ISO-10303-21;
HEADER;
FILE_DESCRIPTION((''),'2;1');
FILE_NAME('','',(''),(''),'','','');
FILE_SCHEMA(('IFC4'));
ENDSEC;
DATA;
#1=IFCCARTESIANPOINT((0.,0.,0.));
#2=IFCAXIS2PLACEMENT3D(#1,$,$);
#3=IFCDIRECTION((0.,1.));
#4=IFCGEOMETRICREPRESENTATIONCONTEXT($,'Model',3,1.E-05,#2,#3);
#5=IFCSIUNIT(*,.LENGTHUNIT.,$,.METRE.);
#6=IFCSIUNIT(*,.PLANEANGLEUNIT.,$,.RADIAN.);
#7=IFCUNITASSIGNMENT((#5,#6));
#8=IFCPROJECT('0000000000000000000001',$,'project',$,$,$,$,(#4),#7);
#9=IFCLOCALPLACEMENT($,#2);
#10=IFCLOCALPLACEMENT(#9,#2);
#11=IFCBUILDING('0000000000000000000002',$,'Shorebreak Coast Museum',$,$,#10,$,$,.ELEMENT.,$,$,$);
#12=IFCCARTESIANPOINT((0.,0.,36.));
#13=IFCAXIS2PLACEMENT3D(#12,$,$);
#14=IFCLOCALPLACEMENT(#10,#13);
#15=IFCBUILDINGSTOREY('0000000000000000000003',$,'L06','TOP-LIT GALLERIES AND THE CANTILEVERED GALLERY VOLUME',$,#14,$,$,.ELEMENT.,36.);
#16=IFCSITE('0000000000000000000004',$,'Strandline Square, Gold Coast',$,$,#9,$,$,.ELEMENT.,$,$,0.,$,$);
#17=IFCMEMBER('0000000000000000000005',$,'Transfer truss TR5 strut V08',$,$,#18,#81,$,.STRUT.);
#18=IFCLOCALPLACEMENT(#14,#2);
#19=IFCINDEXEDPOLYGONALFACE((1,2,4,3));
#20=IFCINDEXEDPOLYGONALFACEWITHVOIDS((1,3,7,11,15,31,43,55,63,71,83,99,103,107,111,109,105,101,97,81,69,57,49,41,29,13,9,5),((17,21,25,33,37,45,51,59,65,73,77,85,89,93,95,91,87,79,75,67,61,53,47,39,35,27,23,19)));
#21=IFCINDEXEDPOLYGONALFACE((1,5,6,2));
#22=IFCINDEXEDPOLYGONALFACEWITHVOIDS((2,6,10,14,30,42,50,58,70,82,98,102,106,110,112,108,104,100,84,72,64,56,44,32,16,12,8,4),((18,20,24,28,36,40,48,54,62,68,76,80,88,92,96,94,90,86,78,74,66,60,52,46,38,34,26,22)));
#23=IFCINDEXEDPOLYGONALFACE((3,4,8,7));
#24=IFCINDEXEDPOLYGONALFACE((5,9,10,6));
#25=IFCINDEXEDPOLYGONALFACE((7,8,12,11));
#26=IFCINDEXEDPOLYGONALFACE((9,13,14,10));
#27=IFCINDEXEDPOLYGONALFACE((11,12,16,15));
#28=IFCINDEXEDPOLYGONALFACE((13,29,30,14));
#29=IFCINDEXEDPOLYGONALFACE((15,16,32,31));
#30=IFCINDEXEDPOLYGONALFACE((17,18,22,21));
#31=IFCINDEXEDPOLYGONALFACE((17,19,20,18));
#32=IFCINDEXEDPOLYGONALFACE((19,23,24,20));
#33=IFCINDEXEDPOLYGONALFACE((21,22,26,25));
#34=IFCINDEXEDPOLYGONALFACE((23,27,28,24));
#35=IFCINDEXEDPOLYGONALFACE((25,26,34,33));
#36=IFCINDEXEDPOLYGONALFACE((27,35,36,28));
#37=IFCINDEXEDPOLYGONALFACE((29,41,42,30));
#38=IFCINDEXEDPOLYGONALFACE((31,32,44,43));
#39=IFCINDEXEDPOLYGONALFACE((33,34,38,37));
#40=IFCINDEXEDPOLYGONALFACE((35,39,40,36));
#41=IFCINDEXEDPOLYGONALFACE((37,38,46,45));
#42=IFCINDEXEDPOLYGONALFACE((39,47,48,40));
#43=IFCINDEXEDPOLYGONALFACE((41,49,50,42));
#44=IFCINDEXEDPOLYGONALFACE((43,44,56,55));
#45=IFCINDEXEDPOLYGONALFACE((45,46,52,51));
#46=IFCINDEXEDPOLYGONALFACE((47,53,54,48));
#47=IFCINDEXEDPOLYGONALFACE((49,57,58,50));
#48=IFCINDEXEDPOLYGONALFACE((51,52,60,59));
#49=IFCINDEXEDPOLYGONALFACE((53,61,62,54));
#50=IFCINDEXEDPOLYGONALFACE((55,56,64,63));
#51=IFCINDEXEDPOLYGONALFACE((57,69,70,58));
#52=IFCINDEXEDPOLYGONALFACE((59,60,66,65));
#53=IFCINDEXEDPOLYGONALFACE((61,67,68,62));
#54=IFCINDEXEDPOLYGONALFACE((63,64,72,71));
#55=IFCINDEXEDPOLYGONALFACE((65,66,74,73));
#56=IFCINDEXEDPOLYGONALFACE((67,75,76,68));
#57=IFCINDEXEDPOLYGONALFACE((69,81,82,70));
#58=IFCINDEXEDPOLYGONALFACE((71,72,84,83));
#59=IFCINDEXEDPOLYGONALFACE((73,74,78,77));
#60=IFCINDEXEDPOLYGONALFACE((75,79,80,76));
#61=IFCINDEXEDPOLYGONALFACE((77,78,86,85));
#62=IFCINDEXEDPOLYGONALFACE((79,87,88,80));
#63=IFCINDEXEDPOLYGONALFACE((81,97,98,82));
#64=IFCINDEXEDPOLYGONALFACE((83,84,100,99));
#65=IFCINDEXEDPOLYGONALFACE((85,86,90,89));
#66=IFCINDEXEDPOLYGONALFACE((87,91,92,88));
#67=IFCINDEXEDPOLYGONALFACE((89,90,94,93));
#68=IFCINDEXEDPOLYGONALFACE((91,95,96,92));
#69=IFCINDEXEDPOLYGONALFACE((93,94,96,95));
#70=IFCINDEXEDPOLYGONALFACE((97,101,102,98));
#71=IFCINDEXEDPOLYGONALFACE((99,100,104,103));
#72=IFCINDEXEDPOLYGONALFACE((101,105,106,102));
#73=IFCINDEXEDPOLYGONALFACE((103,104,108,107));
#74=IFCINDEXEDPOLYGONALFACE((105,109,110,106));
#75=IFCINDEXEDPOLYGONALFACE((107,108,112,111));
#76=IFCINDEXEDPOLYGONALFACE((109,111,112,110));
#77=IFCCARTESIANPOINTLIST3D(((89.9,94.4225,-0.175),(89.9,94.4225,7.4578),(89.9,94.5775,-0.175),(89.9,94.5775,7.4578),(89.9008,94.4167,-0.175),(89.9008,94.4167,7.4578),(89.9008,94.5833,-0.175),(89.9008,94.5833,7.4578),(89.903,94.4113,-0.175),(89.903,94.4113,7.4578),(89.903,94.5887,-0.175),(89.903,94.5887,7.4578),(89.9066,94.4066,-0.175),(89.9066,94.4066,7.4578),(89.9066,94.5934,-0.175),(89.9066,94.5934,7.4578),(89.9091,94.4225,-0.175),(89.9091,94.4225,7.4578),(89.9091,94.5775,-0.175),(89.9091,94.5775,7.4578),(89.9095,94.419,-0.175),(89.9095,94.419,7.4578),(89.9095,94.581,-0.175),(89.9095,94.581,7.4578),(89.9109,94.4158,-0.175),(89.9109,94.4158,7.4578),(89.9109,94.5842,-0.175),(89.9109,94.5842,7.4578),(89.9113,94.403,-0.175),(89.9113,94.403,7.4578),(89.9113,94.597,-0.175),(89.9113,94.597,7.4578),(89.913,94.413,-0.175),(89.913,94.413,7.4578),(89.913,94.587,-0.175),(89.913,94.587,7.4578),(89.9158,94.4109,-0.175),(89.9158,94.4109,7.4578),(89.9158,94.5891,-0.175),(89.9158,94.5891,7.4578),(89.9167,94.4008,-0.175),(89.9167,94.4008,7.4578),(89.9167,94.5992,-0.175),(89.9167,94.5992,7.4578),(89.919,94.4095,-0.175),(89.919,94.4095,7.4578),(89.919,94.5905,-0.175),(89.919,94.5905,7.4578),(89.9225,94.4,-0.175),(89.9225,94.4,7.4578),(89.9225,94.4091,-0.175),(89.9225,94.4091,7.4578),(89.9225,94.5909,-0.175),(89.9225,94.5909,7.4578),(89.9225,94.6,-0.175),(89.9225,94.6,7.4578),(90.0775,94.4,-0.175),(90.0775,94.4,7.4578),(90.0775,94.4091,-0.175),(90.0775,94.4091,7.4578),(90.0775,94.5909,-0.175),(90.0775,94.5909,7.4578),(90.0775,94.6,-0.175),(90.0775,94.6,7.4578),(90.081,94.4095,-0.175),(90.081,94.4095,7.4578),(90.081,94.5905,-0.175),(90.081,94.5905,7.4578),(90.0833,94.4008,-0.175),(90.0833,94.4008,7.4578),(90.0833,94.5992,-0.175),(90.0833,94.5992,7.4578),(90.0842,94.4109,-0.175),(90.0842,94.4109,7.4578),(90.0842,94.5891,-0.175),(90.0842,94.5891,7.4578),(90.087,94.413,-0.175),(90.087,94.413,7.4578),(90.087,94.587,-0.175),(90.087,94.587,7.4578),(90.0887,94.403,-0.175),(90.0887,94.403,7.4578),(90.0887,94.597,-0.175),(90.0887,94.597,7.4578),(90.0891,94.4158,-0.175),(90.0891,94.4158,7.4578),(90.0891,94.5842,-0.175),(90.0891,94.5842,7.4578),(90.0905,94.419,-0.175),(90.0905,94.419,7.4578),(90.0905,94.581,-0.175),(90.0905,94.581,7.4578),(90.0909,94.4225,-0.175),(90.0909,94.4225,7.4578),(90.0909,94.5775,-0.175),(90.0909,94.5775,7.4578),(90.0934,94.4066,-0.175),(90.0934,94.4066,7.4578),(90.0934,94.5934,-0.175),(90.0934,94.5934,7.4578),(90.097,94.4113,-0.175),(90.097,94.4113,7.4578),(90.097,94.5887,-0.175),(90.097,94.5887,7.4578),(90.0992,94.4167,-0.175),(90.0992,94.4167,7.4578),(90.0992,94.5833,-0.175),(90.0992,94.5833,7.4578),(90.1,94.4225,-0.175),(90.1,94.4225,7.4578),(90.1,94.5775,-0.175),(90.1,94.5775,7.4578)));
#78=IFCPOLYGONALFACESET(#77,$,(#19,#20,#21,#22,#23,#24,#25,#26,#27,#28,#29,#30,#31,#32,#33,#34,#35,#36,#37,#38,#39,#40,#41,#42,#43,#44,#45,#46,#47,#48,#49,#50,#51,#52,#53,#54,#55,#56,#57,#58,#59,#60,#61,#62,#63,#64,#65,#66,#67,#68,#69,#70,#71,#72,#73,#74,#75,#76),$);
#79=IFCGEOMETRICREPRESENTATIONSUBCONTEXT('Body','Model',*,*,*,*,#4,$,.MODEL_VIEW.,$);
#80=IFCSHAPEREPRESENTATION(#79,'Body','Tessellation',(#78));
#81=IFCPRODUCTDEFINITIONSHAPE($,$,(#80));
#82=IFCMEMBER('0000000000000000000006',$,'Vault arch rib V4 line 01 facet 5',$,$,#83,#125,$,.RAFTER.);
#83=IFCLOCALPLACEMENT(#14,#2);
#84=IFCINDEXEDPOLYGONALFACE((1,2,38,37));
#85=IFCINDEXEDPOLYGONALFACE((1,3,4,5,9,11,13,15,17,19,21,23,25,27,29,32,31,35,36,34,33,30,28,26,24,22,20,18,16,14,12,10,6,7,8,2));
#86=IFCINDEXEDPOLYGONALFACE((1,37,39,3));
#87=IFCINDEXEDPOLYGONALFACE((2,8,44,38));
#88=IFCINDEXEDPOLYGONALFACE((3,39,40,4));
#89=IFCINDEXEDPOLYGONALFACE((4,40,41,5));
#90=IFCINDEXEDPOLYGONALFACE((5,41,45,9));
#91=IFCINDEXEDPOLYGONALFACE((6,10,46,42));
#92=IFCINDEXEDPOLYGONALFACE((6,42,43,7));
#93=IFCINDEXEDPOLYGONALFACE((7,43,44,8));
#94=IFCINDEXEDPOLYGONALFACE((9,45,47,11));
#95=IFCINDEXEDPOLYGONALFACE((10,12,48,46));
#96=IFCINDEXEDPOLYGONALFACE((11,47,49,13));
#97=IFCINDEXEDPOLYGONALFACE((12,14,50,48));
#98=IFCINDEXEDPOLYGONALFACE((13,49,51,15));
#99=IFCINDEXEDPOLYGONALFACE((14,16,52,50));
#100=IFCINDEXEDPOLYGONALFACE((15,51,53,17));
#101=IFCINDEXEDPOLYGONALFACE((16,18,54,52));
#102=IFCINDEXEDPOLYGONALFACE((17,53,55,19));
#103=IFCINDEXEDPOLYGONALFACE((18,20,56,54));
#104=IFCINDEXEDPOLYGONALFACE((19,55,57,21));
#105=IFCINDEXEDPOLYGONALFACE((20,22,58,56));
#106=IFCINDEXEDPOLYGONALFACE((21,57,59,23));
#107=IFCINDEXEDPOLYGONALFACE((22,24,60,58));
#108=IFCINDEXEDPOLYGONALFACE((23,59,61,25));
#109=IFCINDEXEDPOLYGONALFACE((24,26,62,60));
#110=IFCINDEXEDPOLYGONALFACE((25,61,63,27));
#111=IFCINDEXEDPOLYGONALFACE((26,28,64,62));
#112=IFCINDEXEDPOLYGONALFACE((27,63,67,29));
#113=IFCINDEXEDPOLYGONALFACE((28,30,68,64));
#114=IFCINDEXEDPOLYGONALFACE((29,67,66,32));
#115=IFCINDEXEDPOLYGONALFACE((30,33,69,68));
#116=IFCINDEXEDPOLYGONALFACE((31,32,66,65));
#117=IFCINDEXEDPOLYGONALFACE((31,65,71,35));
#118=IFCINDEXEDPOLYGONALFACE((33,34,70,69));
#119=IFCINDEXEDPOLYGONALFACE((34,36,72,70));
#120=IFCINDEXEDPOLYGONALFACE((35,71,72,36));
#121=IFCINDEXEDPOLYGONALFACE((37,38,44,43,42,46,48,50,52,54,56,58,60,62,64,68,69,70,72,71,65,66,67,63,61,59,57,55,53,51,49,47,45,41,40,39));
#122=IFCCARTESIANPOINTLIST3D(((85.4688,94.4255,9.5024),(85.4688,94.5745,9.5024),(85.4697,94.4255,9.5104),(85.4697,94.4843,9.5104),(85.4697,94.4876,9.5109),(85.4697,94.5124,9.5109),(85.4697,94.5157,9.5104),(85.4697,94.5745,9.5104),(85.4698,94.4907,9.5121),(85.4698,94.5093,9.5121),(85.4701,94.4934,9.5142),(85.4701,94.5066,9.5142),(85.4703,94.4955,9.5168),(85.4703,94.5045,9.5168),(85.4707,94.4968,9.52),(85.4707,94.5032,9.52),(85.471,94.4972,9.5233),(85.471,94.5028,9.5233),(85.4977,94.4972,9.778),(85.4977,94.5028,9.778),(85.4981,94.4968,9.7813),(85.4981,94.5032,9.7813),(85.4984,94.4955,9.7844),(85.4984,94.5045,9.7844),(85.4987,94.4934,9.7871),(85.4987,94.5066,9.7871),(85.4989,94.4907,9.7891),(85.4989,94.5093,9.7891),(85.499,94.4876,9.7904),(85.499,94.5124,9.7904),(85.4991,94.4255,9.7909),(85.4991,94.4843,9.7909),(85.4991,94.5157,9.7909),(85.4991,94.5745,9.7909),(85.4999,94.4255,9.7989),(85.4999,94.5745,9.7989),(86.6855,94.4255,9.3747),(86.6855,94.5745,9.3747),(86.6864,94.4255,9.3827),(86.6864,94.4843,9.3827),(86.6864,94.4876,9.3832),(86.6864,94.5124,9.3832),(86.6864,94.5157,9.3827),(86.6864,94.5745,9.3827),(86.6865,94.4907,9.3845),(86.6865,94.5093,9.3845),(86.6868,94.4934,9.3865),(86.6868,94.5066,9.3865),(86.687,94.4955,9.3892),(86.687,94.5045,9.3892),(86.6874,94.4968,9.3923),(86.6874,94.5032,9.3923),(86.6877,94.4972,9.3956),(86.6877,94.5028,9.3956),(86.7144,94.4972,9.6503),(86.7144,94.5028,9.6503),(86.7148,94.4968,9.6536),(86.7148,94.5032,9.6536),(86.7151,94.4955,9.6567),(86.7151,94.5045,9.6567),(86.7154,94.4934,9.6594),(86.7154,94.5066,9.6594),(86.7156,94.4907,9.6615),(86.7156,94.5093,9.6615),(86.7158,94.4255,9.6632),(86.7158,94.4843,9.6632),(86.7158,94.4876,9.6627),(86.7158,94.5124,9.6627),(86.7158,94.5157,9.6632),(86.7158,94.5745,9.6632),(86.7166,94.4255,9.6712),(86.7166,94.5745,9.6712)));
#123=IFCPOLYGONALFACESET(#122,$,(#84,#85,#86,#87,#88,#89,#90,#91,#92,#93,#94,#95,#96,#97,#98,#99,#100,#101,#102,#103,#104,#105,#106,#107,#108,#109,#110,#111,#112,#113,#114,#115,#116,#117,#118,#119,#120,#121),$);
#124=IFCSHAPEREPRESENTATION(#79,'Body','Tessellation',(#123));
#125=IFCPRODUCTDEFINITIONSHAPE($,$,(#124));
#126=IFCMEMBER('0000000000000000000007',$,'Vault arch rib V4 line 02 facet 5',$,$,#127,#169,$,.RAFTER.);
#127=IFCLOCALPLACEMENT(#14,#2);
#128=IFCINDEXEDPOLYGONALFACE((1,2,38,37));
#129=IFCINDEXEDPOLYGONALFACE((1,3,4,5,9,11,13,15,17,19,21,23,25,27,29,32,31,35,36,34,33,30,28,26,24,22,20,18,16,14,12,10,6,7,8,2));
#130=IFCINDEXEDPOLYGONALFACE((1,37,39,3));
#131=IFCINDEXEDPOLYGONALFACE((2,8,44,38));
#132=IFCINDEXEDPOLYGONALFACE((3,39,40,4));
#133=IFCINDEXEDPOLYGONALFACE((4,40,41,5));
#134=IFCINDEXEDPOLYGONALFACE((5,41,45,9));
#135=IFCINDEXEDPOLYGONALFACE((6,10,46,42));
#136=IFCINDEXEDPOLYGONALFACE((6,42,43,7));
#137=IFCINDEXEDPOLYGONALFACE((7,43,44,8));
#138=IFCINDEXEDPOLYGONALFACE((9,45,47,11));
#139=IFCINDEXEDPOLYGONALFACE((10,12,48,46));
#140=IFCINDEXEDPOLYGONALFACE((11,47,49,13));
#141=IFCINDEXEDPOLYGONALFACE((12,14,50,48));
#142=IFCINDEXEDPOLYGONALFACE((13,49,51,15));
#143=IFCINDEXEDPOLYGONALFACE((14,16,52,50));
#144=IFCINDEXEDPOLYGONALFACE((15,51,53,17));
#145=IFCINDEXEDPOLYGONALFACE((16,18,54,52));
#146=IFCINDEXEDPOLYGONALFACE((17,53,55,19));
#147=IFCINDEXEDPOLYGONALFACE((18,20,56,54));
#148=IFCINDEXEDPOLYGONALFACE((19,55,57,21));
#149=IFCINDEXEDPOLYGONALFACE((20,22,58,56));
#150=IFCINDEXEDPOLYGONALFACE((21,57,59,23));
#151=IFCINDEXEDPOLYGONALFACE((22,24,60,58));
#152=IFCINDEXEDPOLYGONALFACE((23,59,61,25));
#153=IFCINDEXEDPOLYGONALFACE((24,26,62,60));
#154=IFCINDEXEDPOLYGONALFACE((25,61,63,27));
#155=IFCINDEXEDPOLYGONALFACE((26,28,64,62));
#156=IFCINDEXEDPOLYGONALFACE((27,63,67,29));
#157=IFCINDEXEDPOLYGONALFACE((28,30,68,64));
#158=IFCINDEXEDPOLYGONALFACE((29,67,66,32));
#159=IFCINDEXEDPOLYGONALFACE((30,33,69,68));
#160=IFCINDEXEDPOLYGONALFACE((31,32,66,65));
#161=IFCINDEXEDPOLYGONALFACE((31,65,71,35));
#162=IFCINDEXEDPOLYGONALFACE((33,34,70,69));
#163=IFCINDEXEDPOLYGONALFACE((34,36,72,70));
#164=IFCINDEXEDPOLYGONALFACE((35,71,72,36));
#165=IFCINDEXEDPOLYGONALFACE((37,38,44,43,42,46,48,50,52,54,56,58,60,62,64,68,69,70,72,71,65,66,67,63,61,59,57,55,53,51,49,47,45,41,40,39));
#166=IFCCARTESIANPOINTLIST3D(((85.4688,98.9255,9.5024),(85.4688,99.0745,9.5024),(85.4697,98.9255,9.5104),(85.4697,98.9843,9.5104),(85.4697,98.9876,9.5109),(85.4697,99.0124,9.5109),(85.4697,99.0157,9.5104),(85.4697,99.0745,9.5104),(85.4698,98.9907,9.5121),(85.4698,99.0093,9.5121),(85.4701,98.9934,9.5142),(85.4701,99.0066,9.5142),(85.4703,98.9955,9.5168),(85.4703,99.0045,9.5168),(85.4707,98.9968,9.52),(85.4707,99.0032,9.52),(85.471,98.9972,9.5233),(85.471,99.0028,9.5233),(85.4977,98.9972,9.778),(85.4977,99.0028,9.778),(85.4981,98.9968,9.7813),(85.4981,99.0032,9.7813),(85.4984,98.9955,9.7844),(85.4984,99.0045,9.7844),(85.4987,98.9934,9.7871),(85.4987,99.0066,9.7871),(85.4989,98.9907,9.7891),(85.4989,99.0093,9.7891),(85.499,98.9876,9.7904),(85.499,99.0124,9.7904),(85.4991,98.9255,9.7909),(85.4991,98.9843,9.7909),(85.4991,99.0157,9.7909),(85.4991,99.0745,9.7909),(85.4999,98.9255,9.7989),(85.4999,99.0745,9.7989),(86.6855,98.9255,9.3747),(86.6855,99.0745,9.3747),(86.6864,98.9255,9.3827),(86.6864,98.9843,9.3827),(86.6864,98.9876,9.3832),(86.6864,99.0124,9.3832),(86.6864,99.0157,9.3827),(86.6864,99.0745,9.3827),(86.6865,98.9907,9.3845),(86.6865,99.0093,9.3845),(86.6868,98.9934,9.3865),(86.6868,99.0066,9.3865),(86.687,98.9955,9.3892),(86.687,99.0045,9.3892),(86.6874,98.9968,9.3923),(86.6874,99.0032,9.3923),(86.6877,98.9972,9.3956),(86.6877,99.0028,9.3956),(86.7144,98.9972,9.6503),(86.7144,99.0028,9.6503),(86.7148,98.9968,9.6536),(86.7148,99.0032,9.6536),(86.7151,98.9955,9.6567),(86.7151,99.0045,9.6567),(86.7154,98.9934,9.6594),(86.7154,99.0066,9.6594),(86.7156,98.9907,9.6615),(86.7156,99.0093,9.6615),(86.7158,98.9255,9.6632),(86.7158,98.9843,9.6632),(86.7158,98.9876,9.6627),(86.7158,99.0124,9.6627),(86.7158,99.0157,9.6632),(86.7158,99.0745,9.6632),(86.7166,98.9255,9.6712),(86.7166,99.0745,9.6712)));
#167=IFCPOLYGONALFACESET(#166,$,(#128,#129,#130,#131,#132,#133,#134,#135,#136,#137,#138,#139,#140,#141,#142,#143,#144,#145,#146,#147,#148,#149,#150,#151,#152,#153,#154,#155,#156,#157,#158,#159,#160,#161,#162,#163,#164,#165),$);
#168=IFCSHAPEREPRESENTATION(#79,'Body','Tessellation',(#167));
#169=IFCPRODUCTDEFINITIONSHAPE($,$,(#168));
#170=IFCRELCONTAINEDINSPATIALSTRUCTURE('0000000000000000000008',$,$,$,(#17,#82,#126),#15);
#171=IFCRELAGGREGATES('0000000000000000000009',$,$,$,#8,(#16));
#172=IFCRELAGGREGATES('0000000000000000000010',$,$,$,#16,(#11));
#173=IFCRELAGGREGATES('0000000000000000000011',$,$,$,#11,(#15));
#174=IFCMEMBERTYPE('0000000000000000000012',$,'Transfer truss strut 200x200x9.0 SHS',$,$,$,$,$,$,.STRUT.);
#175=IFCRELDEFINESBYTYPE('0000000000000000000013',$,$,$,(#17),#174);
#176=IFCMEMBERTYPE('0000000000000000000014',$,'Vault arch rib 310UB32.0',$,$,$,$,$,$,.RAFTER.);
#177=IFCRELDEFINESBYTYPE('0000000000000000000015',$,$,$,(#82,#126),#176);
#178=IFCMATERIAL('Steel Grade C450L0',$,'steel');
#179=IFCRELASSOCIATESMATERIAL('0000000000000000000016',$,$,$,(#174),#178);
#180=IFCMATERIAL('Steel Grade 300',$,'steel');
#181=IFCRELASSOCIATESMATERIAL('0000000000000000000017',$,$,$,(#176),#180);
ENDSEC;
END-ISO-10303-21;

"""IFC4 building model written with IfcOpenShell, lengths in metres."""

from ifc_helpers import new_model, si_unit, direction, frame, origin, origin_2d, place, context, subcontext, project, spatial, hollow_rectangle, i_section, extrude, material, material_profile, profile_set, type_object, element, save


model = new_model("IFC4")

# Units and contexts
model_context = context("Model", 3, precision=1e-05, world=origin(), true_north=direction((0.0, 1.0)))
body_context = subcontext(model_context, "Body", "Model", "MODEL_VIEW")
ifc_project = project(units=[si_unit("LENGTHUNIT", "METRE"), si_unit("PLANEANGLEUNIT", "RADIAN")], contexts=[model_context])

# Site, building, storey
site_placement = place(None, origin())
site = spatial("IfcSite", under=ifc_project, at=site_placement, Name="Strandline Square, Gold Coast", CompositionType="ELEMENT", RefElevation=0.0)
building_placement = place(site_placement, origin())
building = spatial("IfcBuilding", under=site, at=building_placement, Name="Shorebreak Coast Museum", CompositionType="ELEMENT")
storey_placement = place(building_placement, frame((0.0, 0.0, 36.0)))
storey = spatial("IfcBuildingStorey", under=building, at=storey_placement, Name="L06", Description="TOP-LIT GALLERIES AND THE CANTILEVERED GALLERY VOLUME", CompositionType="ELEMENT", Elevation=36.0)

# Members
ifc_material_1 = material(Name="Steel Grade C450L0", Category="steel")
ifc_material_profile_1 = material_profile(ifc_material_1, hollow_rectangle(XDim=0.2, YDim=0.2, WallThickness=0.009, InnerFilletRadius=0.0134, OuterFilletRadius=0.0225, at=origin_2d()), Name="200x200x9.0 SHS")
ifc_profile_set_1 = profile_set([ifc_material_profile_1], Name="Steel Grade C450L0")
member_type_1 = type_object("IfcMemberType", Name="Transfer truss strut 200x200x9.0 SHS", PredefinedType="STRUT", material=ifc_profile_set_1)
member_1_placement = place(storey_placement, frame((90.0, 94.5, -0.175), z_axis=(0.0, 0.0, 1.0), x_axis=(1.0, 0.0, 0.0)))
element("IfcMember", 1, at=member_1_placement, inside=storey, type_object=member_type_1, Name="Transfer truss TR5 strut V08", PredefinedType="STRUT", context=body_context, shape_type="SweptSolid", body=[
    extrude(hollow_rectangle(XDim=0.2, YDim=0.2, WallThickness=0.009, InnerFilletRadius=0.0134, OuterFilletRadius=0.0225, at=origin_2d()), origin(), (0.0, 0.0, 1.0), 7.6328),
])
ifc_material_2 = material(Name="Steel Grade 300", Category="steel")
ifc_material_profile_2 = material_profile(ifc_material_2, i_section(OverallWidth=0.1489, OverallDepth=0.2981, WebThickness=0.0056, FlangeThickness=0.0081, FilletRadius=0.0129, at=origin_2d()), Name="310UB32.0")
ifc_profile_set_2 = profile_set([ifc_material_profile_2], Name="Steel Grade 300")
member_type_2 = type_object("IfcMemberType", Name="Vault arch rib 310UB32.0", PredefinedType="RAFTER", material=ifc_profile_set_2)
for number, where, z_axis, x_axis, name in (
    (2, (85.4844, 94.5, 9.6506), (0.994539, 0.0, -0.104363), (0.0, 1.0, 0.0), "Vault arch rib V4 line 01 facet 5"),
    (3, (85.4844, 99.0, 9.6506), (0.994539, 0.0, -0.104363), (0.0, 1.0, 0.0), "Vault arch rib V4 line 02 facet 5"),
):
    element("IfcMember", number, at=place(storey_placement, frame(where, z_axis=z_axis, x_axis=x_axis)), inside=storey, type_object=member_type_2, Name=name, PredefinedType="RAFTER", context=body_context, shape_type="SweptSolid", body=[
        extrude(i_section(OverallWidth=0.1489, OverallDepth=0.2981, WebThickness=0.0056, FlangeThickness=0.0081, FilletRadius=0.0129, at=origin_2d()), origin(), (0.0, 0.0, 1.0), 1.2234),
    ])

save(model, "model.ifc")
